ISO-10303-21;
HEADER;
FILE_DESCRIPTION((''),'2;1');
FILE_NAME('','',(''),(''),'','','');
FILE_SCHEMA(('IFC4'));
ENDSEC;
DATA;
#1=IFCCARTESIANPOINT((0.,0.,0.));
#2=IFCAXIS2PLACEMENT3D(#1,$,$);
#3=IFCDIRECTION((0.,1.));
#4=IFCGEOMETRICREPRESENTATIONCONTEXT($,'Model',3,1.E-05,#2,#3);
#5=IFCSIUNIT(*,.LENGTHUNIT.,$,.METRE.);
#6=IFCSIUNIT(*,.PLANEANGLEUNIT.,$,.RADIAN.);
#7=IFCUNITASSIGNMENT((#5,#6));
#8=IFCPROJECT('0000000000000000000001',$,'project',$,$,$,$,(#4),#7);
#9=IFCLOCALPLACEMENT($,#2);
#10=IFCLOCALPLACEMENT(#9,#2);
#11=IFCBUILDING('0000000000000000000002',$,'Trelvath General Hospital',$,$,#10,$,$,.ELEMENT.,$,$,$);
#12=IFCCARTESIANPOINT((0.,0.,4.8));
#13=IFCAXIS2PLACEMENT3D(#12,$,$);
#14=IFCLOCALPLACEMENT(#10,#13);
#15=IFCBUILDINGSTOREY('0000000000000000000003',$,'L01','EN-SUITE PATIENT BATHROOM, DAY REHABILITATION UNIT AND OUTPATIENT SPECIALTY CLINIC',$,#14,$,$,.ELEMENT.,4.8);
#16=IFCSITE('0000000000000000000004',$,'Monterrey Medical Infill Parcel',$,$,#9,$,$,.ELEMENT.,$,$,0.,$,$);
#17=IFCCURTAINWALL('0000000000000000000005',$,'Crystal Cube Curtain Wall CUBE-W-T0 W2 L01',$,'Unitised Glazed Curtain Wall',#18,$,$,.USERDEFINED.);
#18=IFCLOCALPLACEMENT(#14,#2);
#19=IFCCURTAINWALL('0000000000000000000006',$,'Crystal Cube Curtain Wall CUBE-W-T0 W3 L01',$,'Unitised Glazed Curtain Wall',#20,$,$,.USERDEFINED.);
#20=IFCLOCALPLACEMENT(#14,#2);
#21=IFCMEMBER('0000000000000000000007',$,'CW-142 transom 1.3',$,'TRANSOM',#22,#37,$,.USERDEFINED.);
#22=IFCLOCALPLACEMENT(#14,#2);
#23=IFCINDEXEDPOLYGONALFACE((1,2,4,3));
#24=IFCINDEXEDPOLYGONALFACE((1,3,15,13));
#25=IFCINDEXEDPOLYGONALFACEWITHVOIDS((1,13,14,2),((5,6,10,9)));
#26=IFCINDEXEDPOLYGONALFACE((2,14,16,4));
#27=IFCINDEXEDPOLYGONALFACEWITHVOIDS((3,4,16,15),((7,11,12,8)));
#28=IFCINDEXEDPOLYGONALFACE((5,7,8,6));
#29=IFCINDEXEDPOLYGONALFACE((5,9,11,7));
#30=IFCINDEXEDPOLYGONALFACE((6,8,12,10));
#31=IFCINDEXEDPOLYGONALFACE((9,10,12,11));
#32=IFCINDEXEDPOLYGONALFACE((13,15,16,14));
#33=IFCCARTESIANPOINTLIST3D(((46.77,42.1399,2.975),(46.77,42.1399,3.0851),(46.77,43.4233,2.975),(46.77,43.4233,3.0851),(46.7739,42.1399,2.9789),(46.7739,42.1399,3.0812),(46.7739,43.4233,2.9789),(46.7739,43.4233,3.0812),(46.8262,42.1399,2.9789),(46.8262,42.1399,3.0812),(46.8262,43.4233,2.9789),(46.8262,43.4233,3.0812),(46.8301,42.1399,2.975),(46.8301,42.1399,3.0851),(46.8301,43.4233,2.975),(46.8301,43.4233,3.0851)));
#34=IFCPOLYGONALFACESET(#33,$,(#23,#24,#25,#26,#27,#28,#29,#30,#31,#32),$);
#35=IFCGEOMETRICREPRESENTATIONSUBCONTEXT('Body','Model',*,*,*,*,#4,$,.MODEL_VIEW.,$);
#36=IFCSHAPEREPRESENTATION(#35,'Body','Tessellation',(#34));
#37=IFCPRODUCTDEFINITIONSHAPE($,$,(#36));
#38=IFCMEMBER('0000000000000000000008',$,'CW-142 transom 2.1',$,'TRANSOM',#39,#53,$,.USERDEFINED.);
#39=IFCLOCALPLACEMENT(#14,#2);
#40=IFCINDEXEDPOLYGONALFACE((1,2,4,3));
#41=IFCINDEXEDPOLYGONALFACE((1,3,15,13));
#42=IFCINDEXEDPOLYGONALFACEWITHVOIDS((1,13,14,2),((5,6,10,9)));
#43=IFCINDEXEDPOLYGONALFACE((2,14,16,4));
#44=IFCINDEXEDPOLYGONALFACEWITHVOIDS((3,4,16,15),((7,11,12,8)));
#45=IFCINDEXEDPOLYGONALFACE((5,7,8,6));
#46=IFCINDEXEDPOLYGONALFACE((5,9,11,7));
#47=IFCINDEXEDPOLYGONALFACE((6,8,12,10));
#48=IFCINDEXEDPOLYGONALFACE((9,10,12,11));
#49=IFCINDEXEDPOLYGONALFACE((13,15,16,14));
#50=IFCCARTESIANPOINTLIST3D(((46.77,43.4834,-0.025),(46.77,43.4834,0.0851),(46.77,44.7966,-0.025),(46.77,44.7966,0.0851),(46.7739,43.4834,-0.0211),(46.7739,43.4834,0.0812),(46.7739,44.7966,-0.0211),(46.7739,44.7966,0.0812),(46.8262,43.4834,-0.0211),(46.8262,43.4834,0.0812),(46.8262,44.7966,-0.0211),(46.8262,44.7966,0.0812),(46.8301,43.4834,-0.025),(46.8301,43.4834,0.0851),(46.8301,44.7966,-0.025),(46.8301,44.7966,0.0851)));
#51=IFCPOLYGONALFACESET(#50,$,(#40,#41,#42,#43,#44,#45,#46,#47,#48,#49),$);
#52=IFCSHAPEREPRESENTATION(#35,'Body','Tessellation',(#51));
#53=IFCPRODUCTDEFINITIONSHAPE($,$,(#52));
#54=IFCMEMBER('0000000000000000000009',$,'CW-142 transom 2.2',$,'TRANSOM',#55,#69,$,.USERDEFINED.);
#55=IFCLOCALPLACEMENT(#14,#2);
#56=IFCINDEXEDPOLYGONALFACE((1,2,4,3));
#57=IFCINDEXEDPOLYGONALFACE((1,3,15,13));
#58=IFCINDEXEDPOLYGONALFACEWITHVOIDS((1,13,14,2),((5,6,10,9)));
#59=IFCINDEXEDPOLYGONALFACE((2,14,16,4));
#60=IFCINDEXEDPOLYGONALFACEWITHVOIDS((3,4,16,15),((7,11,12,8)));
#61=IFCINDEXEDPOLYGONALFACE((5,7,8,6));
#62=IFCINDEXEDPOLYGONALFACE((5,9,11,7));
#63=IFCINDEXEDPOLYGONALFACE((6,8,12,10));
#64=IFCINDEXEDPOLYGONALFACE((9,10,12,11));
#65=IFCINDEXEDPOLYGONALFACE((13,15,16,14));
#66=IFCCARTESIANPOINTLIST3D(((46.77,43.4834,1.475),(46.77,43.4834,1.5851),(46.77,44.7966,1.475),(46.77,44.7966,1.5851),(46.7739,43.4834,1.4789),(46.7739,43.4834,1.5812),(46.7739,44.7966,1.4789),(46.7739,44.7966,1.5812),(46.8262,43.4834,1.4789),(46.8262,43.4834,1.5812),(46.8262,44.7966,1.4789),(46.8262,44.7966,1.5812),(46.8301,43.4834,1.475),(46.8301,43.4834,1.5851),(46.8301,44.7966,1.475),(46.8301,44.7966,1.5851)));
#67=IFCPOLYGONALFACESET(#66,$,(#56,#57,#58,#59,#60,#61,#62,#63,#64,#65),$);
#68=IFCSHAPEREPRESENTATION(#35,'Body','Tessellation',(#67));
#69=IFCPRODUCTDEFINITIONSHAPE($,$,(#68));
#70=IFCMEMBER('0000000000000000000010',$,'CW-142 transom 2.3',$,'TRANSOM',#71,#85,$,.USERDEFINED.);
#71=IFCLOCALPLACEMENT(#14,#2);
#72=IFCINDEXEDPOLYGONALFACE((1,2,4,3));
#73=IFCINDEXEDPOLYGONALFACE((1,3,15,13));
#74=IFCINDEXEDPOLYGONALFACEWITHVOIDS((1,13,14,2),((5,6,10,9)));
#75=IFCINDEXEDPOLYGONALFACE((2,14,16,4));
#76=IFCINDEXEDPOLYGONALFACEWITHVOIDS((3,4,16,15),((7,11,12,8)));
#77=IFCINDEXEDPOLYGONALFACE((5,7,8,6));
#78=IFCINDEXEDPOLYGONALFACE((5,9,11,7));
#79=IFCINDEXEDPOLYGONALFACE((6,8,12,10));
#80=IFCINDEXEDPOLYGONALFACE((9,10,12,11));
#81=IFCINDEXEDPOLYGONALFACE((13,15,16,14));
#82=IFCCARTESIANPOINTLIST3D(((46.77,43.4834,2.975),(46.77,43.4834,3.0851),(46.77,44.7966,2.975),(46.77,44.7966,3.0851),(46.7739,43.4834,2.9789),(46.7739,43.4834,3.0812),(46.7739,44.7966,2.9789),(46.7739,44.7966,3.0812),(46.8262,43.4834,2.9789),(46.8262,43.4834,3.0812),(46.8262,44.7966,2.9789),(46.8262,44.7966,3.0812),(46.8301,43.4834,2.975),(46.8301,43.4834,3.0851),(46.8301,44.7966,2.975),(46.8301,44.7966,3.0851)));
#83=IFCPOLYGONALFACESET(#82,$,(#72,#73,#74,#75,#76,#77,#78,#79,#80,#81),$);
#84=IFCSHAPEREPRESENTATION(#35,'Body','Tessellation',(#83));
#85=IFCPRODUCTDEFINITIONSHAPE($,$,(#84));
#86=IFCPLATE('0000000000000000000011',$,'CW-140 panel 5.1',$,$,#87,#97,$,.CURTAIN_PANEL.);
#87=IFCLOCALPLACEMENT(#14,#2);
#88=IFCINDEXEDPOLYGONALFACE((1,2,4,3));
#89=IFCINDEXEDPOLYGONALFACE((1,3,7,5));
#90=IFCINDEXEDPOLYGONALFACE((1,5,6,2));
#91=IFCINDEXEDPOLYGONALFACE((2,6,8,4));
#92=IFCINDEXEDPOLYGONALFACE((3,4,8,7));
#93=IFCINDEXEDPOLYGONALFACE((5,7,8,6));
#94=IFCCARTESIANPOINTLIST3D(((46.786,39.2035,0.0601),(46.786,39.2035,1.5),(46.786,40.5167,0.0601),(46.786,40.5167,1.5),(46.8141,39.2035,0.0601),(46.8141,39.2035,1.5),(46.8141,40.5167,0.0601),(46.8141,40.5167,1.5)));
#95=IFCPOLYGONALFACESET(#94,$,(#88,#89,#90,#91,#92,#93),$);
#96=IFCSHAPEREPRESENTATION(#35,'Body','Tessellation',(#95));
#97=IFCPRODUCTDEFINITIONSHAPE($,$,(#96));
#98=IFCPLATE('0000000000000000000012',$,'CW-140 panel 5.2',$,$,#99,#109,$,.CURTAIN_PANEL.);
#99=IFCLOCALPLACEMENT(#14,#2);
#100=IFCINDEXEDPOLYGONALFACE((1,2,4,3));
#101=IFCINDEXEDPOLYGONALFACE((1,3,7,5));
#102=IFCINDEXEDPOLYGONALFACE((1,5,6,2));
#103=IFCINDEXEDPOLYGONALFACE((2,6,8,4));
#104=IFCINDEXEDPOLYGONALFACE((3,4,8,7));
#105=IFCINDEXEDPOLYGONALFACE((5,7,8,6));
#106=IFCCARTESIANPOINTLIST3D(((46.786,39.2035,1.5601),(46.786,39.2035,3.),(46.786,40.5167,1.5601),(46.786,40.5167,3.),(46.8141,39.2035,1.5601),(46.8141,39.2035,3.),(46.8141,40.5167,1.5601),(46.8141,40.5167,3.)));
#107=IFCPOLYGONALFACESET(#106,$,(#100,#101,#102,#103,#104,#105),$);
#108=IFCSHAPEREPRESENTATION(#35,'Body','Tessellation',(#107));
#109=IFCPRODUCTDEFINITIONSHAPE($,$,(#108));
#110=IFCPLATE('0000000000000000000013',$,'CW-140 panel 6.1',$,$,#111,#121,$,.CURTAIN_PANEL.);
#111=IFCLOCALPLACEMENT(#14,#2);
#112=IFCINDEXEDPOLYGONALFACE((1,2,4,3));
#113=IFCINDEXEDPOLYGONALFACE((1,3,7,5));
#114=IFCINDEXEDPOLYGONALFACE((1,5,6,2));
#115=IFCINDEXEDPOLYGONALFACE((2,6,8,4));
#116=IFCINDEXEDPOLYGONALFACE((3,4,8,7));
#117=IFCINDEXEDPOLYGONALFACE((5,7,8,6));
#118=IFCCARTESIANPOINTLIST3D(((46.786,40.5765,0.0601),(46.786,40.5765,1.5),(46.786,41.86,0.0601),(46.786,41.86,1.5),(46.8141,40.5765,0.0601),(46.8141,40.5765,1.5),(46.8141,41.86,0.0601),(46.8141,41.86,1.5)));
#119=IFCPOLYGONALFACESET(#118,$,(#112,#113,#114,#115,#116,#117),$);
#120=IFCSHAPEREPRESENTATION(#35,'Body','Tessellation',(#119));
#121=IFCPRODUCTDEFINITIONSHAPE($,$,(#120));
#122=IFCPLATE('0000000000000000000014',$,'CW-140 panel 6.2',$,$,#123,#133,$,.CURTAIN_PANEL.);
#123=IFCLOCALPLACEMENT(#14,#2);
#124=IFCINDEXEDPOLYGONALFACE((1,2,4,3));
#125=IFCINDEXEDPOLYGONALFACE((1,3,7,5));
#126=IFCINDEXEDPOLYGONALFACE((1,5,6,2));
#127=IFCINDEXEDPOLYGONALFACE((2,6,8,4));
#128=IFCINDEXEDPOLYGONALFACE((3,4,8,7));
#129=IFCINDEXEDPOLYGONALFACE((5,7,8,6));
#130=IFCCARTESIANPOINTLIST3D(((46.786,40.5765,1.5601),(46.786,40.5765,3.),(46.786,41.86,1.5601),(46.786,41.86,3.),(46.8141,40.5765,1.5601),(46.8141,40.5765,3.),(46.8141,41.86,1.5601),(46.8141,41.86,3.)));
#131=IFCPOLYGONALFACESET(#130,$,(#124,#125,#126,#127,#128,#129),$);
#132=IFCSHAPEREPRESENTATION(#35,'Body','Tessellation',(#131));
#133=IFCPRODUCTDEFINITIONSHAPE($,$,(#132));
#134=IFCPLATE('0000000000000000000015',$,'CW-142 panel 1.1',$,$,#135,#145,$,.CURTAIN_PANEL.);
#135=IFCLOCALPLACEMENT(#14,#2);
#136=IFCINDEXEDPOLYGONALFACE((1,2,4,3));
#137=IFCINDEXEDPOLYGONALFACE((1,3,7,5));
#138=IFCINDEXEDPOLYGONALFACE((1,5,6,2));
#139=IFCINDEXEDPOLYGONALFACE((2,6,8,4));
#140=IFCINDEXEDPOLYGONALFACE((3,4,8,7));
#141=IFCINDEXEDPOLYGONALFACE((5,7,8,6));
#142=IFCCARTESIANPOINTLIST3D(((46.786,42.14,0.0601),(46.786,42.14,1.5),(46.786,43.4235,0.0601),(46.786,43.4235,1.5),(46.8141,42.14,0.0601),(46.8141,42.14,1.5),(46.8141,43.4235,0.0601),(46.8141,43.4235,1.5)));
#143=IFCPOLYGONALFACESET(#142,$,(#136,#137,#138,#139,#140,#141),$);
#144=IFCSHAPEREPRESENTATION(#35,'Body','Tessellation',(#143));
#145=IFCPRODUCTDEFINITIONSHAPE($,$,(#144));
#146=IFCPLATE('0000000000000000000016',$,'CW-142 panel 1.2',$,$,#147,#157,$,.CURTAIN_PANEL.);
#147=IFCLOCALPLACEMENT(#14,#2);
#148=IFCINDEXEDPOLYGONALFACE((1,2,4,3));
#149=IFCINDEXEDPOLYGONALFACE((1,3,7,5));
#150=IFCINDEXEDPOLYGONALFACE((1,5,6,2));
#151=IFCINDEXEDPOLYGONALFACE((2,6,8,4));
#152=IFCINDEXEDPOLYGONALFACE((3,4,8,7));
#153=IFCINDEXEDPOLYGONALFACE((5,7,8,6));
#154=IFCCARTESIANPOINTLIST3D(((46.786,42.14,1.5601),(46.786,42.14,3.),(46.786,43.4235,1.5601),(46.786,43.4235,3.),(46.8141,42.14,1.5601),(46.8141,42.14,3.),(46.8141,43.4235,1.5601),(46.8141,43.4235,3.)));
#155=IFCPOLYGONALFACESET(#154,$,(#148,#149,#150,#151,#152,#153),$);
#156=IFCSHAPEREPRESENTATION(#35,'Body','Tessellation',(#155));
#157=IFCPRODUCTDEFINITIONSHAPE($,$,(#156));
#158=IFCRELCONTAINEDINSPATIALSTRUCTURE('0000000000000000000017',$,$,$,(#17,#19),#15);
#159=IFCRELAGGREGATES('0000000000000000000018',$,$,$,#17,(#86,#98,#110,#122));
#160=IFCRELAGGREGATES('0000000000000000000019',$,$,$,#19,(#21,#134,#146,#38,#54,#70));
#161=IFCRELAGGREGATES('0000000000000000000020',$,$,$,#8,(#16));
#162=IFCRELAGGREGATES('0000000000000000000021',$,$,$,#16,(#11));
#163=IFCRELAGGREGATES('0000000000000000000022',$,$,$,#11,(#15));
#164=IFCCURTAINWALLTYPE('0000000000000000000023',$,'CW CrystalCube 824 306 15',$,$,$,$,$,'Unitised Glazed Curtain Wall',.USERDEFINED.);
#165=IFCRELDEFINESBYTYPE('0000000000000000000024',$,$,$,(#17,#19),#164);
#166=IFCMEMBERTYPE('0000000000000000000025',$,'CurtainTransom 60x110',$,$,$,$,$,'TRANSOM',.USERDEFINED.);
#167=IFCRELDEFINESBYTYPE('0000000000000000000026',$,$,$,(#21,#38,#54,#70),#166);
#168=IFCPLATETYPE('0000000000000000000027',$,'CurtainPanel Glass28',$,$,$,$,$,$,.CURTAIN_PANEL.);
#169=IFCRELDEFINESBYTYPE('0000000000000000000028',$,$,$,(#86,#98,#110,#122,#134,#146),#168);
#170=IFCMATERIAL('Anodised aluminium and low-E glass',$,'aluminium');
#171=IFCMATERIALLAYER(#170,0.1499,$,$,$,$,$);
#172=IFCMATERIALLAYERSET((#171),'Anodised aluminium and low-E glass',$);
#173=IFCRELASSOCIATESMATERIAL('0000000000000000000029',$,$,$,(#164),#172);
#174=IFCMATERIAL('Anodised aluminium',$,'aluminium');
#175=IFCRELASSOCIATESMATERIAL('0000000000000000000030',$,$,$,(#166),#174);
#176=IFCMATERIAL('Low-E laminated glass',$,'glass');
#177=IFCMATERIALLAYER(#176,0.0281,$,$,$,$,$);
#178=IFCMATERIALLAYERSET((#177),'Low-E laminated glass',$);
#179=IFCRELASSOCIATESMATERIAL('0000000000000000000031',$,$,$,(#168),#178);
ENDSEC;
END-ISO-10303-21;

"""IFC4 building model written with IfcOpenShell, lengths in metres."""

from ifc_helpers import new_model, si_unit, direction, frame, origin, origin_2d, place, context, subcontext, project, spatial, rectangle, hollow_rectangle, extrude, material, layer, layer_set, material_profile, profile_set, type_object, element, aggregate, save


model = new_model("IFC4")

# Units and contexts
model_context = context("Model", 3, precision=1e-05, world=origin(), true_north=direction((0.0, 1.0)))
body_context = subcontext(model_context, "Body", "Model", "MODEL_VIEW")
ifc_project = project(units=[si_unit("LENGTHUNIT", "METRE"), si_unit("PLANEANGLEUNIT", "RADIAN")], contexts=[model_context])

# Site, building, storey
site_placement = place(None, origin())
site = spatial("IfcSite", under=ifc_project, at=site_placement, Name="Monterrey Medical Infill Parcel", CompositionType="ELEMENT", RefElevation=0.0)
building_placement = place(site_placement, origin())
building = spatial("IfcBuilding", under=site, at=building_placement, Name="Trelvath General Hospital", CompositionType="ELEMENT")
storey_placement = place(building_placement, frame((0.0, 0.0, 4.8)))
storey = spatial("IfcBuildingStorey", under=building, at=storey_placement, Name="L01", Description="EN-SUITE PATIENT BATHROOM, DAY REHABILITATION UNIT AND OUTPATIENT SPECIALTY CLINIC", CompositionType="ELEMENT", Elevation=4.8)

# Curtain walls
ifc_material_1 = material(Name="Anodised aluminium and low-E glass", Category="aluminium")
ifc_layer_1 = layer(ifc_material_1, 0.1499)
ifc_layer_set_1 = layer_set([ifc_layer_1], Name="Anodised aluminium and low-E glass")
curtain_wall_type_1 = type_object("IfcCurtainWallType", Name="CW CrystalCube 824 306 15", ElementType="Unitised Glazed Curtain Wall", PredefinedType="USERDEFINED", material=ifc_layer_set_1)
curtain_wall_1_placement = place(storey_placement, origin())
curtain_wall_1 = element("IfcCurtainWall", 1, at=curtain_wall_1_placement, inside=storey, type_object=curtain_wall_type_1, Name="Crystal Cube Curtain Wall CUBE-W-T0 W2 L01", ObjectType="Unitised Glazed Curtain Wall", PredefinedType="USERDEFINED")
curtain_wall_2_placement = place(storey_placement, origin())
curtain_wall_2 = element("IfcCurtainWall", 2, at=curtain_wall_2_placement, inside=storey, type_object=curtain_wall_type_1, Name="Crystal Cube Curtain Wall CUBE-W-T0 W3 L01", ObjectType="Unitised Glazed Curtain Wall", PredefinedType="USERDEFINED")

# Members
ifc_material_2 = material(Name="Anodised aluminium", Category="aluminium")
ifc_material_profile_1 = material_profile(ifc_material_2, hollow_rectangle(XDim=0.0601, YDim=0.1101, WallThickness=0.0039, at=origin_2d()), Name="RHS60x110x4")
ifc_profile_set_1 = profile_set([ifc_material_profile_1], Name="Anodised aluminium")
member_type_1 = type_object("IfcMemberType", Name="CurtainTransom 60x110", ElementType="TRANSOM", PredefinedType="USERDEFINED", material=ifc_profile_set_1)
member_1_placement = place(storey_placement, frame((46.8, 42.1399, 3.03), z_axis=(0.0, 1.0, 0.0), x_axis=(-1.0, 0.0, 0.0)))
member_1 = element("IfcMember", 3, at=member_1_placement, type_object=member_type_1, Name="CW-142 transom 1.3", ObjectType="TRANSOM", PredefinedType="USERDEFINED", context=body_context, shape_type="SweptSolid", body=[
    extrude(hollow_rectangle(XDim=0.0601, YDim=0.1101, WallThickness=0.0039, at=origin_2d()), origin(), (0.0, 0.0, 1.0), 1.2834),
])
member_2_placement = place(storey_placement, frame((46.8, 43.4834, 0.03), z_axis=(0.0, 1.0, 0.0), x_axis=(-1.0, 0.0, 0.0)))
member_2 = element("IfcMember", 4, at=member_2_placement, type_object=member_type_1, Name="CW-142 transom 2.1", ObjectType="TRANSOM", PredefinedType="USERDEFINED", context=body_context, shape_type="SweptSolid", body=[
    extrude(hollow_rectangle(XDim=0.0601, YDim=0.1101, WallThickness=0.0039, at=origin_2d()), origin(), (0.0, 0.0, 1.0), 1.3132),
])
member_3_placement = place(storey_placement, frame((46.8, 43.4834, 1.53), z_axis=(0.0, 1.0, 0.0), x_axis=(-1.0, 0.0, 0.0)))
member_3 = element("IfcMember", 5, at=member_3_placement, type_object=member_type_1, Name="CW-142 transom 2.2", ObjectType="TRANSOM", PredefinedType="USERDEFINED", context=body_context, shape_type="SweptSolid", body=[
    extrude(hollow_rectangle(XDim=0.0601, YDim=0.1101, WallThickness=0.0039, at=origin_2d()), origin(), (0.0, 0.0, 1.0), 1.3132),
])
member_4_placement = place(storey_placement, frame((46.8, 43.4834, 3.03), z_axis=(0.0, 1.0, 0.0), x_axis=(-1.0, 0.0, 0.0)))
member_4 = element("IfcMember", 6, at=member_4_placement, type_object=member_type_1, Name="CW-142 transom 2.3", ObjectType="TRANSOM", PredefinedType="USERDEFINED", context=body_context, shape_type="SweptSolid", body=[
    extrude(hollow_rectangle(XDim=0.0601, YDim=0.1101, WallThickness=0.0039, at=origin_2d()), origin(), (0.0, 0.0, 1.0), 1.3132),
])

# Plates
ifc_material_3 = material(Name="Low-E laminated glass", Category="glass")
ifc_layer_2 = layer(ifc_material_3, 0.0281)
ifc_layer_set_2 = layer_set([ifc_layer_2], Name="Low-E laminated glass")
plate_type = type_object("IfcPlateType", Name="CurtainPanel Glass28", PredefinedType="CURTAIN_PANEL", material=ifc_layer_set_2)
plate_1_placement = place(storey_placement, frame((46.8, 39.8601, 0.0601), z_axis=(0.0, 0.0, 1.0), x_axis=(0.0, 1.0, 0.0)))
plate_1 = element("IfcPlate", 7, at=plate_1_placement, type_object=plate_type, Name="CW-140 panel 5.1", PredefinedType="CURTAIN_PANEL", context=body_context, shape_type="SweptSolid", body=[
    extrude(rectangle(XDim=1.3132, YDim=0.0281, at=origin_2d()), origin(), (0.0, 0.0, 1.0), 1.4399),
])
plate_2_placement = place(storey_placement, frame((46.8, 39.8601, 1.5601), z_axis=(0.0, 0.0, 1.0), x_axis=(0.0, 1.0, 0.0)))
plate_2 = element("IfcPlate", 8, at=plate_2_placement, type_object=plate_type, Name="CW-140 panel 5.2", PredefinedType="CURTAIN_PANEL", context=body_context, shape_type="SweptSolid", body=[
    extrude(rectangle(XDim=1.3132, YDim=0.0281, at=origin_2d()), origin(), (0.0, 0.0, 1.0), 1.4399),
])
plate_3_placement = place(storey_placement, frame((46.8, 41.2183, 0.0601), z_axis=(0.0, 0.0, 1.0), x_axis=(0.0, 1.0, 0.0)))
plate_3 = element("IfcPlate", 9, at=plate_3_placement, type_object=plate_type, Name="CW-140 panel 6.1", PredefinedType="CURTAIN_PANEL", context=body_context, shape_type="SweptSolid", body=[
    extrude(rectangle(XDim=1.2834, YDim=0.0281, at=origin_2d()), origin(), (0.0, 0.0, 1.0), 1.4399),
])
plate_4_placement = place(storey_placement, frame((46.8, 41.2183, 1.5601), z_axis=(0.0, 0.0, 1.0), x_axis=(0.0, 1.0, 0.0)))
plate_4 = element("IfcPlate", 10, at=plate_4_placement, type_object=plate_type, Name="CW-140 panel 6.2", PredefinedType="CURTAIN_PANEL", context=body_context, shape_type="SweptSolid", body=[
    extrude(rectangle(XDim=1.2834, YDim=0.0281, at=origin_2d()), origin(), (0.0, 0.0, 1.0), 1.4399),
])
aggregate(curtain_wall_1, [plate_1, plate_2, plate_3, plate_4])
plate_5_placement = place(storey_placement, frame((46.8, 42.7817, 0.0601), z_axis=(0.0, 0.0, 1.0), x_axis=(0.0, 1.0, 0.0)))
plate_5 = element("IfcPlate", 11, at=plate_5_placement, type_object=plate_type, Name="CW-142 panel 1.1", PredefinedType="CURTAIN_PANEL", context=body_context, shape_type="SweptSolid", body=[
    extrude(rectangle(XDim=1.2834, YDim=0.0281, at=origin_2d()), origin(), (0.0, 0.0, 1.0), 1.4399),
])
plate_6_placement = place(storey_placement, frame((46.8, 42.7817, 1.5601), z_axis=(0.0, 0.0, 1.0), x_axis=(0.0, 1.0, 0.0)))
plate_6 = element("IfcPlate", 12, at=plate_6_placement, type_object=plate_type, Name="CW-142 panel 1.2", PredefinedType="CURTAIN_PANEL", context=body_context, shape_type="SweptSolid", body=[
    extrude(rectangle(XDim=1.2834, YDim=0.0281, at=origin_2d()), origin(), (0.0, 0.0, 1.0), 1.4399),
])
aggregate(curtain_wall_2, [member_1, plate_5, plate_6, member_2, member_3, member_4])

save(model, "model.ifc")
